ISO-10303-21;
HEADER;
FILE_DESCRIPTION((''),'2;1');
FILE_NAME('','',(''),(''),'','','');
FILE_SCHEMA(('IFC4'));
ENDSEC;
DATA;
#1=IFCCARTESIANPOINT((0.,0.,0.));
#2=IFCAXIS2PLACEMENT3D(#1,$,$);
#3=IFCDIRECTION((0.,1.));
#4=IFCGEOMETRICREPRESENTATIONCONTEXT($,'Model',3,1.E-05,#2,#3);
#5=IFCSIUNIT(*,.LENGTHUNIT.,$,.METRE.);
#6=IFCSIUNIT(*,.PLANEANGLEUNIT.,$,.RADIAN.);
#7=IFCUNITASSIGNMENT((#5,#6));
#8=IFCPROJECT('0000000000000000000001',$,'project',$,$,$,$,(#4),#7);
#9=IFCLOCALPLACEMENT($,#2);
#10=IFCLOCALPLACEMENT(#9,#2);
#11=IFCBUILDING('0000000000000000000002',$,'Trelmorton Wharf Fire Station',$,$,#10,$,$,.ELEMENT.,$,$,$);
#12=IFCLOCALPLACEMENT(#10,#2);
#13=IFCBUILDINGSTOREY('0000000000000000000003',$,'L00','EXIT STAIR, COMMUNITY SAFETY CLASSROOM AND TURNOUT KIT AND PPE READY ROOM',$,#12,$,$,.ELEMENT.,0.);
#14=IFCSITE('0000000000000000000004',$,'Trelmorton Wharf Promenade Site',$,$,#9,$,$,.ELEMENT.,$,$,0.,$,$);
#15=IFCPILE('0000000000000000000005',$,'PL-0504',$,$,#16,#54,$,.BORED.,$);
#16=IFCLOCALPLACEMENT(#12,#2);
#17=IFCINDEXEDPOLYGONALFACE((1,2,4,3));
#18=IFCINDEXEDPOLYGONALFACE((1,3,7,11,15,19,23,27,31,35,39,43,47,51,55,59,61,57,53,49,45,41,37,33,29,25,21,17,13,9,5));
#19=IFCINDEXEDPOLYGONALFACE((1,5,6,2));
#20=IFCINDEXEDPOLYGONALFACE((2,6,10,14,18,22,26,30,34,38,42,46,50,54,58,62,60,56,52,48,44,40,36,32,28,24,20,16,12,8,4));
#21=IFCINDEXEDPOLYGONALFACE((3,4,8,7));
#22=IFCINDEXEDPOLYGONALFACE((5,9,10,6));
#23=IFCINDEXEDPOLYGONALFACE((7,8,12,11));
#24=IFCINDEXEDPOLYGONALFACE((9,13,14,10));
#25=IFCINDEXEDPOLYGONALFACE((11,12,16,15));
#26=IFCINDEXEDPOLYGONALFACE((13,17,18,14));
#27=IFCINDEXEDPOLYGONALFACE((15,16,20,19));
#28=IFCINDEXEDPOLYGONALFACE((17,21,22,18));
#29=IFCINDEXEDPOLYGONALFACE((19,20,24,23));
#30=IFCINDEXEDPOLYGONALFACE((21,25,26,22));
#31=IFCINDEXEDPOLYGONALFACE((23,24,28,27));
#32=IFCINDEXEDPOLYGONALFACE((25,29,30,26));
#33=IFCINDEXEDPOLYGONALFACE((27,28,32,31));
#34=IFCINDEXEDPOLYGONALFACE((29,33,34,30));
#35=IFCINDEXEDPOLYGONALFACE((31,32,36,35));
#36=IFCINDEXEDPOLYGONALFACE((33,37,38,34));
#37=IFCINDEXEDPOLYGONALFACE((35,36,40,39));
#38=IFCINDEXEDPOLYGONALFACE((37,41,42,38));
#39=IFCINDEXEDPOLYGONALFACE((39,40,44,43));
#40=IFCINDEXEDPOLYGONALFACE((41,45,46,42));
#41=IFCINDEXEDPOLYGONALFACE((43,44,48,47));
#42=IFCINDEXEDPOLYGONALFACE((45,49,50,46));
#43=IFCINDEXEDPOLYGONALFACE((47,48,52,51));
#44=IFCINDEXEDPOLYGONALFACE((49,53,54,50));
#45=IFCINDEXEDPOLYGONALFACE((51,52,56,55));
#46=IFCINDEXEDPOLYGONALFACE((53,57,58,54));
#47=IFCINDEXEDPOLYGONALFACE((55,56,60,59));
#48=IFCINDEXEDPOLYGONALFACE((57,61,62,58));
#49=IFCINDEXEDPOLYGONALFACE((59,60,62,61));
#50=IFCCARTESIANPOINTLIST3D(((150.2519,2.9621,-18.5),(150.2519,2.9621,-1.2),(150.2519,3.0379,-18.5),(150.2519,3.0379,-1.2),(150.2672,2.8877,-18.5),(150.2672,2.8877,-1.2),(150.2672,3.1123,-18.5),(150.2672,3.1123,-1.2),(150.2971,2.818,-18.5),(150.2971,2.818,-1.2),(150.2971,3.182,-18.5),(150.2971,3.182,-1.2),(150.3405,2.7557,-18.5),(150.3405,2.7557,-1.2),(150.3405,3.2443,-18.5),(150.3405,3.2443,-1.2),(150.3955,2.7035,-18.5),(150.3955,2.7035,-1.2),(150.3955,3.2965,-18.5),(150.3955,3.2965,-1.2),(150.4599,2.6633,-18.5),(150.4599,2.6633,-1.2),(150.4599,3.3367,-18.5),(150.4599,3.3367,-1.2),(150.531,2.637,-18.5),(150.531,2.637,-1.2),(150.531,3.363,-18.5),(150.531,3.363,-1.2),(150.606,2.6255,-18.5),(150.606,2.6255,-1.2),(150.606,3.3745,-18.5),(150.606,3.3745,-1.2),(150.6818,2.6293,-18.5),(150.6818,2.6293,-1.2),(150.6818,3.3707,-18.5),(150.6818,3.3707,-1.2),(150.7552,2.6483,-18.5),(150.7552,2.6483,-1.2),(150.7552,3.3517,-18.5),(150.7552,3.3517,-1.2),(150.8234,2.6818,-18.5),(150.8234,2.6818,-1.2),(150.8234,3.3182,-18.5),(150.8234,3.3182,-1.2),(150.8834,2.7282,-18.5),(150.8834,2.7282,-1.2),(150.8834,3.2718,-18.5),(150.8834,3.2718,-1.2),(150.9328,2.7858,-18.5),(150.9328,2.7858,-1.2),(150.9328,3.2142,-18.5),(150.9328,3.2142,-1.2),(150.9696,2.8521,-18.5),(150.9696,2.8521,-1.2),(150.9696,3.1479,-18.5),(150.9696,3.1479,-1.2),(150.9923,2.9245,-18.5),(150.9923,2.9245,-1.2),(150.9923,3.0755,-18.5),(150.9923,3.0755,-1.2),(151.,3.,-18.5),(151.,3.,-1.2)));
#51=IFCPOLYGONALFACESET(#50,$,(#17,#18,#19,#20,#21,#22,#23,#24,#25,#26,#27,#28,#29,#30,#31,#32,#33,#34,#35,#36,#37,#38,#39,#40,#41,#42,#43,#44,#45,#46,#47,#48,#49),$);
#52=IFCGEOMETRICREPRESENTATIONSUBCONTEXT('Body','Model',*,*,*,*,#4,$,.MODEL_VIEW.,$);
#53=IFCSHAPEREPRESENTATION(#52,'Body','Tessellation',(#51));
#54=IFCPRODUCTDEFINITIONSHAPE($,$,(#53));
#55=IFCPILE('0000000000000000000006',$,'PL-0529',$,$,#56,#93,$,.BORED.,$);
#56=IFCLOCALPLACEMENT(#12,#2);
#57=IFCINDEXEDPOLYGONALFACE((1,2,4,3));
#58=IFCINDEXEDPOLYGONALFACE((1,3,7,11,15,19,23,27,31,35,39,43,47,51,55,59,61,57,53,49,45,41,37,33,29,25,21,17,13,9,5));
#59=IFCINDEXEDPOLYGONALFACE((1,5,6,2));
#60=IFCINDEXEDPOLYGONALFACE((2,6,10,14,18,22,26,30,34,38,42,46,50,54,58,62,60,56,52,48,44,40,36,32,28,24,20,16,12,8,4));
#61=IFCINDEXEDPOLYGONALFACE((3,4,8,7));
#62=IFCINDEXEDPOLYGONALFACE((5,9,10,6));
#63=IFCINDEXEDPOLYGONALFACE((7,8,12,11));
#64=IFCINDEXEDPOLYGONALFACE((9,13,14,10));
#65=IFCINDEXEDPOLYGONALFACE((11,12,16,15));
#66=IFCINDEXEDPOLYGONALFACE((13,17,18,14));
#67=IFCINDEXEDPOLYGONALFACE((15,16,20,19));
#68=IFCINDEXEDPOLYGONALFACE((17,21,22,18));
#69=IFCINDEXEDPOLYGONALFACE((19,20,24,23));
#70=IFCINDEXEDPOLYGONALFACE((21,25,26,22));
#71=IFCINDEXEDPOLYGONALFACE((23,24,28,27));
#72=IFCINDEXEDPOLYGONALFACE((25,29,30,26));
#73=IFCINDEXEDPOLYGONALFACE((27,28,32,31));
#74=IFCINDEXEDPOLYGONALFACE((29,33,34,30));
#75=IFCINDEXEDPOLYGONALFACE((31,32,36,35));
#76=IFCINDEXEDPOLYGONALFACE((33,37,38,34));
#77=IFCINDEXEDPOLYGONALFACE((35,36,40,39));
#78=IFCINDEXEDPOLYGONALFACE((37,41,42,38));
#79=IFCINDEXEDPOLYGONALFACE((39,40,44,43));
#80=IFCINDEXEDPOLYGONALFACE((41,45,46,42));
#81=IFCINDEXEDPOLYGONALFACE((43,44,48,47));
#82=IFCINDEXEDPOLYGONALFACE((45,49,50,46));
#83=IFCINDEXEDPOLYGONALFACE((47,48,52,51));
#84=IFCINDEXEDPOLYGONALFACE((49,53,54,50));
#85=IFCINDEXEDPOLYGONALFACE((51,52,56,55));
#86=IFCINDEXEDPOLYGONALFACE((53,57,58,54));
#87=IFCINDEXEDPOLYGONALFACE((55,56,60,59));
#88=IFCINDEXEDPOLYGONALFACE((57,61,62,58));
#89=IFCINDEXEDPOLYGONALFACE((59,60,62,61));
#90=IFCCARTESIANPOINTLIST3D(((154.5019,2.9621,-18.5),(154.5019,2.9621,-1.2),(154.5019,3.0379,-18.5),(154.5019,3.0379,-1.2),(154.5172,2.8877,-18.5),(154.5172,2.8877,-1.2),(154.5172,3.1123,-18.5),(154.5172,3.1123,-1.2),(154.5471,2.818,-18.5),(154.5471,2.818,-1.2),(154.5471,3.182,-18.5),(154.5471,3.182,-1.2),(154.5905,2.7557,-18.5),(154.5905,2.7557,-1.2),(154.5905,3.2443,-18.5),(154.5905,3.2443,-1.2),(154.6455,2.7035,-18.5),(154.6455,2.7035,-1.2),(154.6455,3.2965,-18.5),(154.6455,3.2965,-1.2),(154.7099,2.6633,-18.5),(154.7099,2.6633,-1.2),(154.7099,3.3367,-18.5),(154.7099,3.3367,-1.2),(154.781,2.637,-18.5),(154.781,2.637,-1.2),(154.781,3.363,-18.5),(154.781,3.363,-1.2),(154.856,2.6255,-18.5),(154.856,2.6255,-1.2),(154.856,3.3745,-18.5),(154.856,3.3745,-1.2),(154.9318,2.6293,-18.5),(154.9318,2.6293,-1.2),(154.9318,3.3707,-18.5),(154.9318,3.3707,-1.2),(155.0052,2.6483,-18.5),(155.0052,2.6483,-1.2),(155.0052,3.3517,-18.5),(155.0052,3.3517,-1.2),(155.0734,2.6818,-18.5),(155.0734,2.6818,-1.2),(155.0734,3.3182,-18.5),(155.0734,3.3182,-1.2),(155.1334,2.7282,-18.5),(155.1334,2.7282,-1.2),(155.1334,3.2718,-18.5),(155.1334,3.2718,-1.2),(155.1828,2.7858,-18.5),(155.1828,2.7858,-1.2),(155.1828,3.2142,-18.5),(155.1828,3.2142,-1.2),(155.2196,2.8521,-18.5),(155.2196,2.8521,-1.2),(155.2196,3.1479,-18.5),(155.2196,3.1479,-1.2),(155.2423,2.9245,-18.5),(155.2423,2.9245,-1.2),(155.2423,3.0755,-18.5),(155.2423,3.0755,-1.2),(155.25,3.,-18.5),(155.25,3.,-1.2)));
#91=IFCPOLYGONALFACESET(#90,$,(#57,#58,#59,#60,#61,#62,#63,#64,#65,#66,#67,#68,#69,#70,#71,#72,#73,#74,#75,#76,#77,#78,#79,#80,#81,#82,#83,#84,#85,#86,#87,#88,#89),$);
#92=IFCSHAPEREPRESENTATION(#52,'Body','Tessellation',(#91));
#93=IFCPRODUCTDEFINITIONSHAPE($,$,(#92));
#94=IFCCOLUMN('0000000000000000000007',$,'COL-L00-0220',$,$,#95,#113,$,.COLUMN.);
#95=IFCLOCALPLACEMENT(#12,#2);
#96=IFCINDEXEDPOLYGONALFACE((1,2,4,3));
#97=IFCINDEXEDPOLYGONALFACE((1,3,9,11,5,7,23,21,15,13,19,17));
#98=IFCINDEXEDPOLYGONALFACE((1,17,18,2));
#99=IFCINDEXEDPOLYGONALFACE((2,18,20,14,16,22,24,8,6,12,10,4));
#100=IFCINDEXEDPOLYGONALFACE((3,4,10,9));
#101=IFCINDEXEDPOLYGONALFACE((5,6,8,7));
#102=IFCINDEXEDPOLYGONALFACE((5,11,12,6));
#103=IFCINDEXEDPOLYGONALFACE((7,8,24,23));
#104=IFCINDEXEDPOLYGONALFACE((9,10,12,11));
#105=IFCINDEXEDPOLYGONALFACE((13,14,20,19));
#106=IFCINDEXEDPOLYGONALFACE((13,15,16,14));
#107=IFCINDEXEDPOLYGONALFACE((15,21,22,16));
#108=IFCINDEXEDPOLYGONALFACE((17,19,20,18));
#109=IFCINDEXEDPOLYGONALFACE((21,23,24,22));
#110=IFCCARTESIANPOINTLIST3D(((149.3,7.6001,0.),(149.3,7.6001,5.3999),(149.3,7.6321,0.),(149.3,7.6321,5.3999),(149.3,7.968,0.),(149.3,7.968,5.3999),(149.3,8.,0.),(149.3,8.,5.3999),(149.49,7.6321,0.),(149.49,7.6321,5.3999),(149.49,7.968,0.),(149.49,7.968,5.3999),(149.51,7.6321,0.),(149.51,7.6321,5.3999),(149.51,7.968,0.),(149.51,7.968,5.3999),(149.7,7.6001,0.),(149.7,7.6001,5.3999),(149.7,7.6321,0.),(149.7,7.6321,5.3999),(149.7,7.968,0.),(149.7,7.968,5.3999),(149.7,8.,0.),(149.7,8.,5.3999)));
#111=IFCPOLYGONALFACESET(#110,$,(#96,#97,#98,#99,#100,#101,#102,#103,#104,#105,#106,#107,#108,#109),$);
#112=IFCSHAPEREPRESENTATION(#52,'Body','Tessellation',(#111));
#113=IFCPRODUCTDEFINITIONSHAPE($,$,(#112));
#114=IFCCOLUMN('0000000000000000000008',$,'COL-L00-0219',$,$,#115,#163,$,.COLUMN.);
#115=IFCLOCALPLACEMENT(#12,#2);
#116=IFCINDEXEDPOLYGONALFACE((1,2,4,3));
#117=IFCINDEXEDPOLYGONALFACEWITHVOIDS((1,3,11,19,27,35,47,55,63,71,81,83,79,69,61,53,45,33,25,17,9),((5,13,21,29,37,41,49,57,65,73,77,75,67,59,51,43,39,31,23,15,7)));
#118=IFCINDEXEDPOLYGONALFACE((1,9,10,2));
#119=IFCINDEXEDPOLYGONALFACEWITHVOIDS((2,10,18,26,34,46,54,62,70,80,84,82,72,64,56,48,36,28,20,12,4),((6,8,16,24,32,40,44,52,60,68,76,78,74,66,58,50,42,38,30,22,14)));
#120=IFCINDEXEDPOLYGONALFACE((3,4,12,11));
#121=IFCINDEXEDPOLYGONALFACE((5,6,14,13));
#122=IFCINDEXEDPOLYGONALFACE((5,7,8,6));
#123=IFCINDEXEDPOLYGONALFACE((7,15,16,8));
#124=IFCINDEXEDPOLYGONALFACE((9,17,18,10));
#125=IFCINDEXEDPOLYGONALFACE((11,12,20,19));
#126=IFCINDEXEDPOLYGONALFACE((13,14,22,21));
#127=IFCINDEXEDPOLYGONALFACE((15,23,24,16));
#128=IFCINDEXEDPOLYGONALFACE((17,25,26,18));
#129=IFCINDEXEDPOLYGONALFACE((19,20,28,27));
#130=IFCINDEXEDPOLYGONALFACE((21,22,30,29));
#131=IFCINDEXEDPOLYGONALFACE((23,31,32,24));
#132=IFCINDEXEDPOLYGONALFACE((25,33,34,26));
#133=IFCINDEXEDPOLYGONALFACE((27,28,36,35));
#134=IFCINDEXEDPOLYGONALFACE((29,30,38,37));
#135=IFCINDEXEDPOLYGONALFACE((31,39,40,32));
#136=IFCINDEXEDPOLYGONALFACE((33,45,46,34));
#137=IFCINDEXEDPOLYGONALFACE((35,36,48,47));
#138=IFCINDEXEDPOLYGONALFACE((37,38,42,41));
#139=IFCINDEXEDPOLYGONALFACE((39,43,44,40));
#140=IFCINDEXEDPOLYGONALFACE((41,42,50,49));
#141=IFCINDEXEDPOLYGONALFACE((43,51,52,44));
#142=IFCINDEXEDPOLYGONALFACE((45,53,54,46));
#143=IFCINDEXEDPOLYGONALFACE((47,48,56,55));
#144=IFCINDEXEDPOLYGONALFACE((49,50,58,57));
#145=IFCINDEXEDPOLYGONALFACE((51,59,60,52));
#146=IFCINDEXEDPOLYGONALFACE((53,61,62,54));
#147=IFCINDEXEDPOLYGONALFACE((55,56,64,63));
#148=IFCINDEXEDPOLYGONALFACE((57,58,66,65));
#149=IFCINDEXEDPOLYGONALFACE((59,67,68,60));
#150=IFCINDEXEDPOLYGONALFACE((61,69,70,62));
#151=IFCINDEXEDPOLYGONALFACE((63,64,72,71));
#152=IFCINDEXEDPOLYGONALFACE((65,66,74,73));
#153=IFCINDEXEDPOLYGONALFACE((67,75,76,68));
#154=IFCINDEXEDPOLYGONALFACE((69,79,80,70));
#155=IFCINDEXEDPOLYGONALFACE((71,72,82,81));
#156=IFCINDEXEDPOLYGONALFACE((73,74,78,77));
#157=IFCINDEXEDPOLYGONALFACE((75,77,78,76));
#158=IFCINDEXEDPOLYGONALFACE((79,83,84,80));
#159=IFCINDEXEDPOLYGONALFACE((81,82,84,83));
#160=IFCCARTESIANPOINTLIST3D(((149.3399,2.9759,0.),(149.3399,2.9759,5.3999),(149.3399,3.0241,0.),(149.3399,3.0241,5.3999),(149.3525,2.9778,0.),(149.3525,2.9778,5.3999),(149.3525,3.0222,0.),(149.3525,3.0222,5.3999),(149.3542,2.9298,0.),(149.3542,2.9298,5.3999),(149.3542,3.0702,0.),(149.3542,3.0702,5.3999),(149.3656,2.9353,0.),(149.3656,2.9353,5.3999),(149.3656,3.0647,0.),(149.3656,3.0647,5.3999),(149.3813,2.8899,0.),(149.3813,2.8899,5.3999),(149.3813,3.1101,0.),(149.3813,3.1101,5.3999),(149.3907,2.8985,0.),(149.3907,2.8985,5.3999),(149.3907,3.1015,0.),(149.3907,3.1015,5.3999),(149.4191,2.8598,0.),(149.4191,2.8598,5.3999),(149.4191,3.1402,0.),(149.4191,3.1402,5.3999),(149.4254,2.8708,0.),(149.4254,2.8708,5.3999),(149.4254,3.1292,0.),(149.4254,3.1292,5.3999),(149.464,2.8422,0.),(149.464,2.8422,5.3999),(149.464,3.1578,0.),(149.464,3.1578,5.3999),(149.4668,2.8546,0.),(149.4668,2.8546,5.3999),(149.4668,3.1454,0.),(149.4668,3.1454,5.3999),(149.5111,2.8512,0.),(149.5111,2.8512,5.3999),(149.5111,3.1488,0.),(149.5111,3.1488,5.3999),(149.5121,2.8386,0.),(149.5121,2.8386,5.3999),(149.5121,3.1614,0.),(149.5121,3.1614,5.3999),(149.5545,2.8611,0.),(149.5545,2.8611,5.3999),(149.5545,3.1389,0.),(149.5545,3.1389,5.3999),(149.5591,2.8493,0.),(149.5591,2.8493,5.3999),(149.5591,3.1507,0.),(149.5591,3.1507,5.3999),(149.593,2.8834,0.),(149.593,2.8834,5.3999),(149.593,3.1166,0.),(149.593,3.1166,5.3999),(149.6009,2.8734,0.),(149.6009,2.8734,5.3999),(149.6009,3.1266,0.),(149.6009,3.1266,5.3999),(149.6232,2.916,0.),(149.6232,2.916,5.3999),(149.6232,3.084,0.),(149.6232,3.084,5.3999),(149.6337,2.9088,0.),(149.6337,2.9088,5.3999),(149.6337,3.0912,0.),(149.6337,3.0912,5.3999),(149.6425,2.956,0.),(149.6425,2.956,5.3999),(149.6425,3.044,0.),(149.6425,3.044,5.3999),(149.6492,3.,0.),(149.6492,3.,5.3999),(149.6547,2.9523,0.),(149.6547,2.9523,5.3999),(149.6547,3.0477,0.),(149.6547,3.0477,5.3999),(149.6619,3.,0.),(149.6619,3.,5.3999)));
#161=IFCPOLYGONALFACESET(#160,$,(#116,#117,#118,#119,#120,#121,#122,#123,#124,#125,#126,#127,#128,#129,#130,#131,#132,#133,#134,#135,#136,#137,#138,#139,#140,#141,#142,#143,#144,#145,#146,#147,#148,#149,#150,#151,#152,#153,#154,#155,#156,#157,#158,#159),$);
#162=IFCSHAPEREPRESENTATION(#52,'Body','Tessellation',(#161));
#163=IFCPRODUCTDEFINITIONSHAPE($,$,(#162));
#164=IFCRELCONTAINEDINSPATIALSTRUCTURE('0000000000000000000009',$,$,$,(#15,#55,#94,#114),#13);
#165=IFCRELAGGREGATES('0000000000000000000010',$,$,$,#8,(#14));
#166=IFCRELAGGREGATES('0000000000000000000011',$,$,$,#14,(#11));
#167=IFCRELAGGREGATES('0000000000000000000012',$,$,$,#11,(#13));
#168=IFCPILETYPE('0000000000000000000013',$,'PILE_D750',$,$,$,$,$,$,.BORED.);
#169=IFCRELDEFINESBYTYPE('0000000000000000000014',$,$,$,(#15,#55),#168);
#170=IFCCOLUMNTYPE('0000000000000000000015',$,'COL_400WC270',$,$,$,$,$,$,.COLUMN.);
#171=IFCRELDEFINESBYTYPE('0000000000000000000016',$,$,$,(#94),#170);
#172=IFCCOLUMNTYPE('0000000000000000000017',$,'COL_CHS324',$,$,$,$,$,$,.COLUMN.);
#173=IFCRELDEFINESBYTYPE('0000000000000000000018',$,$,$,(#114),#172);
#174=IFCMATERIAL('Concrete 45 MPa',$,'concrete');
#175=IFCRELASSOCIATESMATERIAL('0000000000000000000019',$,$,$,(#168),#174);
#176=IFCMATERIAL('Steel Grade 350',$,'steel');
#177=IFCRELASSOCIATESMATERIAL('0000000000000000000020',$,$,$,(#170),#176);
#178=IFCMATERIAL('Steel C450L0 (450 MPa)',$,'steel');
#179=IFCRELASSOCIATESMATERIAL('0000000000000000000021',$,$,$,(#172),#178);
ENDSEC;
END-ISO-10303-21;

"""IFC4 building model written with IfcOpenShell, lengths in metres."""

from ifc_helpers import new_model, si_unit, direction, frame, origin, origin_2d, place, context, subcontext, project, spatial, circle, hollow_circle, i_section, extrude, material, material_profile, profile_set, type_object, element, save


model = new_model("IFC4")

# Units and contexts
model_context = context("Model", 3, precision=1e-05, world=origin(), true_north=direction((0.0, 1.0)))
body_context = subcontext(model_context, "Body", "Model", "MODEL_VIEW")
ifc_project = project(units=[si_unit("LENGTHUNIT", "METRE"), si_unit("PLANEANGLEUNIT", "RADIAN")], contexts=[model_context])

# Site, building, storey
site_placement = place(None, origin())
site = spatial("IfcSite", under=ifc_project, at=site_placement, Name="Trelmorton Wharf Promenade Site", CompositionType="ELEMENT", RefElevation=0.0)
building_placement = place(site_placement, origin())
building = spatial("IfcBuilding", under=site, at=building_placement, Name="Trelmorton Wharf Fire Station", CompositionType="ELEMENT")
storey_placement = place(building_placement, origin())
storey = spatial("IfcBuildingStorey", under=building, at=storey_placement, Name="L00", Description="EXIT STAIR, COMMUNITY SAFETY CLASSROOM AND TURNOUT KIT AND PPE READY ROOM", CompositionType="ELEMENT", Elevation=0.0)

# Piles
ifc_material_1 = material(Name="Concrete 45 MPa", Category="concrete")
ifc_material_profile_1 = material_profile(ifc_material_1, circle(Radius=0.375, at=origin_2d()), Name="PILE-D750")
ifc_profile_set_1 = profile_set([ifc_material_profile_1], Name="Concrete 45 MPa")
pile_type_1 = type_object("IfcPileType", Name="PILE_D750", PredefinedType="BORED", material=ifc_profile_set_1)
for number, where, z_axis, x_axis, name in (
    (1, (150.625, 3.0, -1.2), (0.0, 0.0, -1.0), (1.0, 0.0, 0.0), "PL-0504"),
    (2, (154.875, 3.0, -1.2), (0.0, 0.0, -1.0), (1.0, 0.0, 0.0), "PL-0529"),
):
    element("IfcPile", number, at=place(storey_placement, frame(where, z_axis=z_axis, x_axis=x_axis)), inside=storey, type_object=pile_type_1, Name=name, PredefinedType="BORED", context=body_context, shape_type="SweptSolid", body=[
        extrude(circle(Radius=0.375, at=origin_2d()), origin(), (0.0, 0.0, 1.0), 17.3),
    ])

# Columns
ifc_material_2 = material(Name="Steel Grade 350", Category="steel")
ifc_material_profile_2 = material_profile(ifc_material_2, i_section(OverallWidth=0.3999, OverallDepth=0.3999, WebThickness=0.02, FlangeThickness=0.032, at=origin_2d()), Name="400WC270")
ifc_profile_set_2 = profile_set([ifc_material_profile_2], Name="Steel Grade 350")
column_type_1 = type_object("IfcColumnType", Name="COL_400WC270", PredefinedType="COLUMN", material=ifc_profile_set_2)
column_placement = place(storey_placement, frame((149.5, 7.8, 0.0), z_axis=(0.0, 0.0, 1.0), x_axis=(1.0, 0.0, 0.0)))
element("IfcColumn", 3, at=column_placement, inside=storey, type_object=column_type_1, Name="COL-L00-0220", PredefinedType="COLUMN", context=body_context, shape_type="SweptSolid", body=[
    extrude(i_section(OverallWidth=0.3999, OverallDepth=0.3999, WebThickness=0.02, FlangeThickness=0.032, at=origin_2d()), origin(), (0.0, 0.0, 1.0), 5.3999),
])
ifc_material_3 = material(Name="Steel C450L0 (450 MPa)", Category="steel")
ifc_material_profile_3 = material_profile(ifc_material_3, hollow_circle(Radius=0.1619, WallThickness=0.0127, at=origin_2d()), Name="323.9x12.7CHS")
ifc_profile_set_3 = profile_set([ifc_material_profile_3], Name="Steel C450L0 (450 MPa)")
column_type_2 = type_object("IfcColumnType", Name="COL_CHS324", PredefinedType="COLUMN", material=ifc_profile_set_3)
for number, where, z_axis, x_axis, name in (
    (4, (149.5, 3.0, 0.0), (0.0, 0.0, 1.0), (1.0, 0.0, 0.0), "COL-L00-0219"),
):
    element("IfcColumn", number, at=place(storey_placement, frame(where, z_axis=z_axis, x_axis=x_axis)), inside=storey, type_object=column_type_2, Name=name, PredefinedType="COLUMN", context=body_context, shape_type="SweptSolid", body=[
        extrude(hollow_circle(Radius=0.1619, WallThickness=0.0127, at=origin_2d()), origin(), (0.0, 0.0, 1.0), 5.3999),
    ])

save(model, "model.ifc")
